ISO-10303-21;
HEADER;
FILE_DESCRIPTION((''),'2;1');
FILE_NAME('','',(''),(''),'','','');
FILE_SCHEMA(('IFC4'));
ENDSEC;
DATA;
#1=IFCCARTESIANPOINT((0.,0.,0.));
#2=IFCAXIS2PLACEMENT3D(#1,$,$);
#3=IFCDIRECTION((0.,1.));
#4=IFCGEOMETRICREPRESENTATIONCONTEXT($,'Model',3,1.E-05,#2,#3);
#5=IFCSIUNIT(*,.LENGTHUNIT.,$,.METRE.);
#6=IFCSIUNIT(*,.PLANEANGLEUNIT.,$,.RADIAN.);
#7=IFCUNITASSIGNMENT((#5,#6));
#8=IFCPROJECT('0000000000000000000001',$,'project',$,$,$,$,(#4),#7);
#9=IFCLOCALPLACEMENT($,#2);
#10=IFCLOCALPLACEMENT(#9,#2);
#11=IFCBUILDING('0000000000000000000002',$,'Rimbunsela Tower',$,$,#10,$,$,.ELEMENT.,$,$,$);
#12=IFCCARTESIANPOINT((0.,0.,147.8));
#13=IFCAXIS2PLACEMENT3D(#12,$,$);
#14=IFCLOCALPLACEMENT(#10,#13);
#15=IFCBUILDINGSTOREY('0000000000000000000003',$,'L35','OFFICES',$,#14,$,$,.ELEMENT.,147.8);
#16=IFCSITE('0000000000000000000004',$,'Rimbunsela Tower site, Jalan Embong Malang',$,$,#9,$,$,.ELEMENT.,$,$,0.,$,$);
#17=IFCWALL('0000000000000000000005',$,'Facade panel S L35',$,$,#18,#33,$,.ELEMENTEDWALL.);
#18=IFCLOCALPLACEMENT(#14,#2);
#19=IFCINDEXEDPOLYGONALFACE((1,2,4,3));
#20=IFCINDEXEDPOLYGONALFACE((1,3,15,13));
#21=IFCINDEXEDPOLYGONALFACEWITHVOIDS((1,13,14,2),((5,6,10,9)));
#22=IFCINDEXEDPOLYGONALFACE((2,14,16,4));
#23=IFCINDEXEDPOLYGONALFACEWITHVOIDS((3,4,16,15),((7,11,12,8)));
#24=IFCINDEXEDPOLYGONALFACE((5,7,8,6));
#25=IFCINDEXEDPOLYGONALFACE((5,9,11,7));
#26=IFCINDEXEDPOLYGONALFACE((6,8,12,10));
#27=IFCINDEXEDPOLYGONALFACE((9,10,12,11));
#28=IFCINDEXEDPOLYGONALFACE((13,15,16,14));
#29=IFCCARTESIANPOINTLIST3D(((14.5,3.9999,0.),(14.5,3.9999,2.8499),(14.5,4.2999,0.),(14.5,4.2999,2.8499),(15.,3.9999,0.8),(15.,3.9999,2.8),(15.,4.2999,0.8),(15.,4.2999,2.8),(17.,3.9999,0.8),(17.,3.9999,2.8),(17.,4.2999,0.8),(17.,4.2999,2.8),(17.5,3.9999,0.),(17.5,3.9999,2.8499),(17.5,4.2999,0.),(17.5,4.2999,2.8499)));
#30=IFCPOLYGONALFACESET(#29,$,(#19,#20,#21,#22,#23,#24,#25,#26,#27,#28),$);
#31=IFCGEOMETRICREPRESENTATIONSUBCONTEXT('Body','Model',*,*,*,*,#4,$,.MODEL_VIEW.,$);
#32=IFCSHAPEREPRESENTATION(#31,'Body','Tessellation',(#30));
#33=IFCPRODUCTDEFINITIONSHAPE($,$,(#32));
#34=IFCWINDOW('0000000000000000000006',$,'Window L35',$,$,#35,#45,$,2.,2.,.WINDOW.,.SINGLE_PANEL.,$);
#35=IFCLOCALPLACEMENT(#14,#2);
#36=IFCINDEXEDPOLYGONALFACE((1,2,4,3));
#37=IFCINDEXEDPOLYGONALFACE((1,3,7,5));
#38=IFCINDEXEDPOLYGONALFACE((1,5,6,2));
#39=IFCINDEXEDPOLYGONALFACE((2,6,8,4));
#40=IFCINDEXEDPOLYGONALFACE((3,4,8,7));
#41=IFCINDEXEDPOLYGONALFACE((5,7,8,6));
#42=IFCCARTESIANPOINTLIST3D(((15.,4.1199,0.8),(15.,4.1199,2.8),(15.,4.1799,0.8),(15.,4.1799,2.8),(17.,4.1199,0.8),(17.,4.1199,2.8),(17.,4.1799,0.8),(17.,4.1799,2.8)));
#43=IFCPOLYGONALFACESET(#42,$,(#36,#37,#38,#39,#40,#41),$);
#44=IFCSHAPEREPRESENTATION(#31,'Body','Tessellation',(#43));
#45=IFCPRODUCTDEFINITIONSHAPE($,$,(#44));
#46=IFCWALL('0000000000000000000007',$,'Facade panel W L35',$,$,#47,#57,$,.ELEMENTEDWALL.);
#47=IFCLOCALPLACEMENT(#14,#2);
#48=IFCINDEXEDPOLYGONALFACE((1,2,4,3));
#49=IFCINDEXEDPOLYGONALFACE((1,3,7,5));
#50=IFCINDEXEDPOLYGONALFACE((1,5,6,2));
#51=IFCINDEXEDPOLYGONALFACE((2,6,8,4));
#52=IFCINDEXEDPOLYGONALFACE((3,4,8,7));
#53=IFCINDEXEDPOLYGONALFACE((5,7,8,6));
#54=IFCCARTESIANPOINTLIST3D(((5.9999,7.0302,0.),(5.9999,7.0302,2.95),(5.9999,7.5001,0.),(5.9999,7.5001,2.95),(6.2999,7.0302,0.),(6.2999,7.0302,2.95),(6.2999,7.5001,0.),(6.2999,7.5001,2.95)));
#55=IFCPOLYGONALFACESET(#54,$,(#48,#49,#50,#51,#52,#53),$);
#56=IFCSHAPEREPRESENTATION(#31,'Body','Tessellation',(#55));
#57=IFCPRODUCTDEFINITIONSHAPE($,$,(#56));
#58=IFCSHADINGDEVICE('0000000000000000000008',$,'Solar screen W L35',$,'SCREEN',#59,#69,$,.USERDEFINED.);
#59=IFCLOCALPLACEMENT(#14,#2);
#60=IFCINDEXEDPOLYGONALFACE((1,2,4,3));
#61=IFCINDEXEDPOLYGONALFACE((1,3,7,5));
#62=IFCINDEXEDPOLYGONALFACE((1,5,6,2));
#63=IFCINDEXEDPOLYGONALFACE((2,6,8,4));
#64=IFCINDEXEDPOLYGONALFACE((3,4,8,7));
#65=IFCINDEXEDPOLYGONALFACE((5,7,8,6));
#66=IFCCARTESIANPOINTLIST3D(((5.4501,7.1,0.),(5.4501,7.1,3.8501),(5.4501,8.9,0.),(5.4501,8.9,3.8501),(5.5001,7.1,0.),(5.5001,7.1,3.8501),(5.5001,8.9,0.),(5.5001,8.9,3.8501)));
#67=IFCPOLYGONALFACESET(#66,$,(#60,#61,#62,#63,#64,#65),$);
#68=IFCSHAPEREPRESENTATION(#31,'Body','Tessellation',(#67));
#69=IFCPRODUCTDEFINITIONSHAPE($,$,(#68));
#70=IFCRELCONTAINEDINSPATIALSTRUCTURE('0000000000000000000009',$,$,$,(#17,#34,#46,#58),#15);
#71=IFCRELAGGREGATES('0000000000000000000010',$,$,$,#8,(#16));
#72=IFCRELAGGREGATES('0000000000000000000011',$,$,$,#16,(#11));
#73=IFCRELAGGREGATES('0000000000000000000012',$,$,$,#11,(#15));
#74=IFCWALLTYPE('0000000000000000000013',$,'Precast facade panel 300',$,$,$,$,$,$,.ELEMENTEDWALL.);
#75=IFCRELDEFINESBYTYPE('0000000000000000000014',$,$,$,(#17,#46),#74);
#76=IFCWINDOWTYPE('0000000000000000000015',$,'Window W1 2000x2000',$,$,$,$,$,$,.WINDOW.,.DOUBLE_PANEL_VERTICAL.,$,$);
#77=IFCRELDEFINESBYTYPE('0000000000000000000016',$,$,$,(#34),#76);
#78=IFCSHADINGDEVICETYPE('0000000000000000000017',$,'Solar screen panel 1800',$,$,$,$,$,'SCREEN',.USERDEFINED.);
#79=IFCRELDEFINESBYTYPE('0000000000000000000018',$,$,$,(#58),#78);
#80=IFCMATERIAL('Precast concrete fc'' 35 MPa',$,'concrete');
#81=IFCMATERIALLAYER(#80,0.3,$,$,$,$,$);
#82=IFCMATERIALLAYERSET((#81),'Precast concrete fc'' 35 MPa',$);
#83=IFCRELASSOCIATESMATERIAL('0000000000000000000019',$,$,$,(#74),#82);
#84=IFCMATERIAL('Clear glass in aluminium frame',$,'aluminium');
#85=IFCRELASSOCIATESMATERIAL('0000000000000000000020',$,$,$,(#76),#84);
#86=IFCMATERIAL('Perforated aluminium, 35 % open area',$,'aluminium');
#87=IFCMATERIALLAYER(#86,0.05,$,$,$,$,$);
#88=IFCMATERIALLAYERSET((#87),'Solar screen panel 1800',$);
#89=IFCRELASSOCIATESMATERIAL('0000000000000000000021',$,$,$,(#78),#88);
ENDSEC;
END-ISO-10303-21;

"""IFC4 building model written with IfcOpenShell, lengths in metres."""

from ifc_helpers import new_model, si_unit, direction, frame, frame_2d, origin, origin_2d, place, context, subcontext, project, spatial, rectangle, extrude, material, layer, layer_set, type_object, element, fill, save


model = new_model("IFC4")

# Units and contexts
model_context = context("Model", 3, precision=1e-05, world=origin(), true_north=direction((0.0, 1.0)))
body_context = subcontext(model_context, "Body", "Model", "MODEL_VIEW")
ifc_project = project(units=[si_unit("LENGTHUNIT", "METRE"), si_unit("PLANEANGLEUNIT", "RADIAN")], contexts=[model_context])

# Site, building, storey
site_placement = place(None, origin())
site = spatial("IfcSite", under=ifc_project, at=site_placement, Name="Rimbunsela Tower site, Jalan Embong Malang", CompositionType="ELEMENT", RefElevation=0.0)
building_placement = place(site_placement, origin())
building = spatial("IfcBuilding", under=site, at=building_placement, Name="Rimbunsela Tower", CompositionType="ELEMENT")
storey_placement = place(building_placement, frame((0.0, 0.0, 147.8)))
storey = spatial("IfcBuildingStorey", under=building, at=storey_placement, Name="L35", Description="OFFICES", CompositionType="ELEMENT", Elevation=147.8)

# Shared definitions
ifc_material_1 = material(Name="Precast concrete fc' 35 MPa", Category="concrete")
ifc_layer_1 = layer(ifc_material_1, 0.3)
ifc_layer_set_1 = layer_set([ifc_layer_1], Name="Precast concrete fc' 35 MPa")
wall_type = type_object("IfcWallType", Name="Precast facade panel 300", PredefinedType="ELEMENTEDWALL", material=ifc_layer_set_1)

# Wall, opening, window
ifc_material_2 = material(Name="Clear glass in aluminium frame", Category="aluminium")
window_type = type_object("IfcWindowType", Name="Window W1 2000x2000", PartitioningType="DOUBLE_PANEL_VERTICAL", PredefinedType="WINDOW", material=ifc_material_2)
wall_1_placement = place(storey_placement, frame((14.5, 4.1499, 0.0), z_axis=(0.0, 0.0, 1.0), x_axis=(1.0, 0.0, 0.0)))
wall_1 = element("IfcWall", 1, at=wall_1_placement, inside=storey, type_object=wall_type, Name="Facade panel S L35", PredefinedType="ELEMENTEDWALL", context=body_context, shape_type="SweptSolid", body=[
    extrude(rectangle(XDim=3.0, YDim=0.3, at=frame_2d((1.5, 0.0))), origin(), (0.0, 0.0, 1.0), 2.8499),
])
opening_1_placement = place(wall_1_placement, frame((0.5, 0.0, 0.8)))
opening_1 = element("IfcOpeningElement", 2, at=opening_1_placement, cuts=wall_1, PredefinedType="OPENING", context=body_context, shape_type="SweptSolid", body=[
    extrude(rectangle(XDim=2.0, YDim=2.0, at=frame_2d((1.0, 1.0))), frame((0.0, 0.1599, 0.0), z_axis=(0.0, -1.0, 0.0), x_axis=(1.0, 0.0, 0.0)), (0.0, 0.0, 1.0), 0.3201),
])
window_1_placement = place(opening_1_placement, origin())
window_1 = element("IfcWindow", 3, at=window_1_placement, inside=storey, type_object=window_type, Name="Window L35", OverallHeight=2.0, OverallWidth=2.0, PartitioningType="SINGLE_PANEL", PredefinedType="WINDOW", context=body_context, shape_type="SweptSolid", body=[
    extrude(rectangle(XDim=2.0, YDim=2.0, at=frame_2d((1.0, 1.0))), frame((0.0, 0.03, 0.0), z_axis=(0.0, -1.0, 0.0), x_axis=(1.0, 0.0, 0.0)), (0.0, 0.0, 1.0), 0.0601),
])
fill(opening_1, window_1)

# Wall
wall_2_placement = place(storey_placement, frame((6.1499, 7.5, 0.0), z_axis=(0.0, 0.0, 1.0), x_axis=(0.0, -1.0, 0.0)))
element("IfcWall", 4, at=wall_2_placement, inside=storey, type_object=wall_type, Name="Facade panel W L35", PredefinedType="ELEMENTEDWALL", context=body_context, shape_type="SweptSolid", body=[
    extrude(rectangle(XDim=0.47, YDim=0.3, at=frame_2d((0.2349, 0.0))), origin(), (0.0, 0.0, 1.0), 2.95),
])

# Shading device
ifc_material_3 = material(Name="Perforated aluminium, 35 % open area", Category="aluminium")
ifc_layer_2 = layer(ifc_material_3, 0.05)
ifc_layer_set_2 = layer_set([ifc_layer_2], Name="Solar screen panel 1800")
shading_device_type = type_object("IfcShadingDeviceType", Name="Solar screen panel 1800", ElementType="SCREEN", PredefinedType="USERDEFINED", material=ifc_layer_set_2)
shading_device_placement = place(storey_placement, frame((5.4751, 8.0, 0.0), z_axis=(0.0, 0.0, 1.0), x_axis=(0.0, 1.0, 0.0)))
element("IfcShadingDevice", 5, at=shading_device_placement, inside=storey, type_object=shading_device_type, Name="Solar screen W L35", ObjectType="SCREEN", PredefinedType="USERDEFINED", context=body_context, shape_type="SweptSolid", body=[
    extrude(rectangle(XDim=1.8, YDim=0.05, at=origin_2d()), origin(), (0.0, 0.0, 1.0), 3.8501),
])

save(model, "model.ifc")
